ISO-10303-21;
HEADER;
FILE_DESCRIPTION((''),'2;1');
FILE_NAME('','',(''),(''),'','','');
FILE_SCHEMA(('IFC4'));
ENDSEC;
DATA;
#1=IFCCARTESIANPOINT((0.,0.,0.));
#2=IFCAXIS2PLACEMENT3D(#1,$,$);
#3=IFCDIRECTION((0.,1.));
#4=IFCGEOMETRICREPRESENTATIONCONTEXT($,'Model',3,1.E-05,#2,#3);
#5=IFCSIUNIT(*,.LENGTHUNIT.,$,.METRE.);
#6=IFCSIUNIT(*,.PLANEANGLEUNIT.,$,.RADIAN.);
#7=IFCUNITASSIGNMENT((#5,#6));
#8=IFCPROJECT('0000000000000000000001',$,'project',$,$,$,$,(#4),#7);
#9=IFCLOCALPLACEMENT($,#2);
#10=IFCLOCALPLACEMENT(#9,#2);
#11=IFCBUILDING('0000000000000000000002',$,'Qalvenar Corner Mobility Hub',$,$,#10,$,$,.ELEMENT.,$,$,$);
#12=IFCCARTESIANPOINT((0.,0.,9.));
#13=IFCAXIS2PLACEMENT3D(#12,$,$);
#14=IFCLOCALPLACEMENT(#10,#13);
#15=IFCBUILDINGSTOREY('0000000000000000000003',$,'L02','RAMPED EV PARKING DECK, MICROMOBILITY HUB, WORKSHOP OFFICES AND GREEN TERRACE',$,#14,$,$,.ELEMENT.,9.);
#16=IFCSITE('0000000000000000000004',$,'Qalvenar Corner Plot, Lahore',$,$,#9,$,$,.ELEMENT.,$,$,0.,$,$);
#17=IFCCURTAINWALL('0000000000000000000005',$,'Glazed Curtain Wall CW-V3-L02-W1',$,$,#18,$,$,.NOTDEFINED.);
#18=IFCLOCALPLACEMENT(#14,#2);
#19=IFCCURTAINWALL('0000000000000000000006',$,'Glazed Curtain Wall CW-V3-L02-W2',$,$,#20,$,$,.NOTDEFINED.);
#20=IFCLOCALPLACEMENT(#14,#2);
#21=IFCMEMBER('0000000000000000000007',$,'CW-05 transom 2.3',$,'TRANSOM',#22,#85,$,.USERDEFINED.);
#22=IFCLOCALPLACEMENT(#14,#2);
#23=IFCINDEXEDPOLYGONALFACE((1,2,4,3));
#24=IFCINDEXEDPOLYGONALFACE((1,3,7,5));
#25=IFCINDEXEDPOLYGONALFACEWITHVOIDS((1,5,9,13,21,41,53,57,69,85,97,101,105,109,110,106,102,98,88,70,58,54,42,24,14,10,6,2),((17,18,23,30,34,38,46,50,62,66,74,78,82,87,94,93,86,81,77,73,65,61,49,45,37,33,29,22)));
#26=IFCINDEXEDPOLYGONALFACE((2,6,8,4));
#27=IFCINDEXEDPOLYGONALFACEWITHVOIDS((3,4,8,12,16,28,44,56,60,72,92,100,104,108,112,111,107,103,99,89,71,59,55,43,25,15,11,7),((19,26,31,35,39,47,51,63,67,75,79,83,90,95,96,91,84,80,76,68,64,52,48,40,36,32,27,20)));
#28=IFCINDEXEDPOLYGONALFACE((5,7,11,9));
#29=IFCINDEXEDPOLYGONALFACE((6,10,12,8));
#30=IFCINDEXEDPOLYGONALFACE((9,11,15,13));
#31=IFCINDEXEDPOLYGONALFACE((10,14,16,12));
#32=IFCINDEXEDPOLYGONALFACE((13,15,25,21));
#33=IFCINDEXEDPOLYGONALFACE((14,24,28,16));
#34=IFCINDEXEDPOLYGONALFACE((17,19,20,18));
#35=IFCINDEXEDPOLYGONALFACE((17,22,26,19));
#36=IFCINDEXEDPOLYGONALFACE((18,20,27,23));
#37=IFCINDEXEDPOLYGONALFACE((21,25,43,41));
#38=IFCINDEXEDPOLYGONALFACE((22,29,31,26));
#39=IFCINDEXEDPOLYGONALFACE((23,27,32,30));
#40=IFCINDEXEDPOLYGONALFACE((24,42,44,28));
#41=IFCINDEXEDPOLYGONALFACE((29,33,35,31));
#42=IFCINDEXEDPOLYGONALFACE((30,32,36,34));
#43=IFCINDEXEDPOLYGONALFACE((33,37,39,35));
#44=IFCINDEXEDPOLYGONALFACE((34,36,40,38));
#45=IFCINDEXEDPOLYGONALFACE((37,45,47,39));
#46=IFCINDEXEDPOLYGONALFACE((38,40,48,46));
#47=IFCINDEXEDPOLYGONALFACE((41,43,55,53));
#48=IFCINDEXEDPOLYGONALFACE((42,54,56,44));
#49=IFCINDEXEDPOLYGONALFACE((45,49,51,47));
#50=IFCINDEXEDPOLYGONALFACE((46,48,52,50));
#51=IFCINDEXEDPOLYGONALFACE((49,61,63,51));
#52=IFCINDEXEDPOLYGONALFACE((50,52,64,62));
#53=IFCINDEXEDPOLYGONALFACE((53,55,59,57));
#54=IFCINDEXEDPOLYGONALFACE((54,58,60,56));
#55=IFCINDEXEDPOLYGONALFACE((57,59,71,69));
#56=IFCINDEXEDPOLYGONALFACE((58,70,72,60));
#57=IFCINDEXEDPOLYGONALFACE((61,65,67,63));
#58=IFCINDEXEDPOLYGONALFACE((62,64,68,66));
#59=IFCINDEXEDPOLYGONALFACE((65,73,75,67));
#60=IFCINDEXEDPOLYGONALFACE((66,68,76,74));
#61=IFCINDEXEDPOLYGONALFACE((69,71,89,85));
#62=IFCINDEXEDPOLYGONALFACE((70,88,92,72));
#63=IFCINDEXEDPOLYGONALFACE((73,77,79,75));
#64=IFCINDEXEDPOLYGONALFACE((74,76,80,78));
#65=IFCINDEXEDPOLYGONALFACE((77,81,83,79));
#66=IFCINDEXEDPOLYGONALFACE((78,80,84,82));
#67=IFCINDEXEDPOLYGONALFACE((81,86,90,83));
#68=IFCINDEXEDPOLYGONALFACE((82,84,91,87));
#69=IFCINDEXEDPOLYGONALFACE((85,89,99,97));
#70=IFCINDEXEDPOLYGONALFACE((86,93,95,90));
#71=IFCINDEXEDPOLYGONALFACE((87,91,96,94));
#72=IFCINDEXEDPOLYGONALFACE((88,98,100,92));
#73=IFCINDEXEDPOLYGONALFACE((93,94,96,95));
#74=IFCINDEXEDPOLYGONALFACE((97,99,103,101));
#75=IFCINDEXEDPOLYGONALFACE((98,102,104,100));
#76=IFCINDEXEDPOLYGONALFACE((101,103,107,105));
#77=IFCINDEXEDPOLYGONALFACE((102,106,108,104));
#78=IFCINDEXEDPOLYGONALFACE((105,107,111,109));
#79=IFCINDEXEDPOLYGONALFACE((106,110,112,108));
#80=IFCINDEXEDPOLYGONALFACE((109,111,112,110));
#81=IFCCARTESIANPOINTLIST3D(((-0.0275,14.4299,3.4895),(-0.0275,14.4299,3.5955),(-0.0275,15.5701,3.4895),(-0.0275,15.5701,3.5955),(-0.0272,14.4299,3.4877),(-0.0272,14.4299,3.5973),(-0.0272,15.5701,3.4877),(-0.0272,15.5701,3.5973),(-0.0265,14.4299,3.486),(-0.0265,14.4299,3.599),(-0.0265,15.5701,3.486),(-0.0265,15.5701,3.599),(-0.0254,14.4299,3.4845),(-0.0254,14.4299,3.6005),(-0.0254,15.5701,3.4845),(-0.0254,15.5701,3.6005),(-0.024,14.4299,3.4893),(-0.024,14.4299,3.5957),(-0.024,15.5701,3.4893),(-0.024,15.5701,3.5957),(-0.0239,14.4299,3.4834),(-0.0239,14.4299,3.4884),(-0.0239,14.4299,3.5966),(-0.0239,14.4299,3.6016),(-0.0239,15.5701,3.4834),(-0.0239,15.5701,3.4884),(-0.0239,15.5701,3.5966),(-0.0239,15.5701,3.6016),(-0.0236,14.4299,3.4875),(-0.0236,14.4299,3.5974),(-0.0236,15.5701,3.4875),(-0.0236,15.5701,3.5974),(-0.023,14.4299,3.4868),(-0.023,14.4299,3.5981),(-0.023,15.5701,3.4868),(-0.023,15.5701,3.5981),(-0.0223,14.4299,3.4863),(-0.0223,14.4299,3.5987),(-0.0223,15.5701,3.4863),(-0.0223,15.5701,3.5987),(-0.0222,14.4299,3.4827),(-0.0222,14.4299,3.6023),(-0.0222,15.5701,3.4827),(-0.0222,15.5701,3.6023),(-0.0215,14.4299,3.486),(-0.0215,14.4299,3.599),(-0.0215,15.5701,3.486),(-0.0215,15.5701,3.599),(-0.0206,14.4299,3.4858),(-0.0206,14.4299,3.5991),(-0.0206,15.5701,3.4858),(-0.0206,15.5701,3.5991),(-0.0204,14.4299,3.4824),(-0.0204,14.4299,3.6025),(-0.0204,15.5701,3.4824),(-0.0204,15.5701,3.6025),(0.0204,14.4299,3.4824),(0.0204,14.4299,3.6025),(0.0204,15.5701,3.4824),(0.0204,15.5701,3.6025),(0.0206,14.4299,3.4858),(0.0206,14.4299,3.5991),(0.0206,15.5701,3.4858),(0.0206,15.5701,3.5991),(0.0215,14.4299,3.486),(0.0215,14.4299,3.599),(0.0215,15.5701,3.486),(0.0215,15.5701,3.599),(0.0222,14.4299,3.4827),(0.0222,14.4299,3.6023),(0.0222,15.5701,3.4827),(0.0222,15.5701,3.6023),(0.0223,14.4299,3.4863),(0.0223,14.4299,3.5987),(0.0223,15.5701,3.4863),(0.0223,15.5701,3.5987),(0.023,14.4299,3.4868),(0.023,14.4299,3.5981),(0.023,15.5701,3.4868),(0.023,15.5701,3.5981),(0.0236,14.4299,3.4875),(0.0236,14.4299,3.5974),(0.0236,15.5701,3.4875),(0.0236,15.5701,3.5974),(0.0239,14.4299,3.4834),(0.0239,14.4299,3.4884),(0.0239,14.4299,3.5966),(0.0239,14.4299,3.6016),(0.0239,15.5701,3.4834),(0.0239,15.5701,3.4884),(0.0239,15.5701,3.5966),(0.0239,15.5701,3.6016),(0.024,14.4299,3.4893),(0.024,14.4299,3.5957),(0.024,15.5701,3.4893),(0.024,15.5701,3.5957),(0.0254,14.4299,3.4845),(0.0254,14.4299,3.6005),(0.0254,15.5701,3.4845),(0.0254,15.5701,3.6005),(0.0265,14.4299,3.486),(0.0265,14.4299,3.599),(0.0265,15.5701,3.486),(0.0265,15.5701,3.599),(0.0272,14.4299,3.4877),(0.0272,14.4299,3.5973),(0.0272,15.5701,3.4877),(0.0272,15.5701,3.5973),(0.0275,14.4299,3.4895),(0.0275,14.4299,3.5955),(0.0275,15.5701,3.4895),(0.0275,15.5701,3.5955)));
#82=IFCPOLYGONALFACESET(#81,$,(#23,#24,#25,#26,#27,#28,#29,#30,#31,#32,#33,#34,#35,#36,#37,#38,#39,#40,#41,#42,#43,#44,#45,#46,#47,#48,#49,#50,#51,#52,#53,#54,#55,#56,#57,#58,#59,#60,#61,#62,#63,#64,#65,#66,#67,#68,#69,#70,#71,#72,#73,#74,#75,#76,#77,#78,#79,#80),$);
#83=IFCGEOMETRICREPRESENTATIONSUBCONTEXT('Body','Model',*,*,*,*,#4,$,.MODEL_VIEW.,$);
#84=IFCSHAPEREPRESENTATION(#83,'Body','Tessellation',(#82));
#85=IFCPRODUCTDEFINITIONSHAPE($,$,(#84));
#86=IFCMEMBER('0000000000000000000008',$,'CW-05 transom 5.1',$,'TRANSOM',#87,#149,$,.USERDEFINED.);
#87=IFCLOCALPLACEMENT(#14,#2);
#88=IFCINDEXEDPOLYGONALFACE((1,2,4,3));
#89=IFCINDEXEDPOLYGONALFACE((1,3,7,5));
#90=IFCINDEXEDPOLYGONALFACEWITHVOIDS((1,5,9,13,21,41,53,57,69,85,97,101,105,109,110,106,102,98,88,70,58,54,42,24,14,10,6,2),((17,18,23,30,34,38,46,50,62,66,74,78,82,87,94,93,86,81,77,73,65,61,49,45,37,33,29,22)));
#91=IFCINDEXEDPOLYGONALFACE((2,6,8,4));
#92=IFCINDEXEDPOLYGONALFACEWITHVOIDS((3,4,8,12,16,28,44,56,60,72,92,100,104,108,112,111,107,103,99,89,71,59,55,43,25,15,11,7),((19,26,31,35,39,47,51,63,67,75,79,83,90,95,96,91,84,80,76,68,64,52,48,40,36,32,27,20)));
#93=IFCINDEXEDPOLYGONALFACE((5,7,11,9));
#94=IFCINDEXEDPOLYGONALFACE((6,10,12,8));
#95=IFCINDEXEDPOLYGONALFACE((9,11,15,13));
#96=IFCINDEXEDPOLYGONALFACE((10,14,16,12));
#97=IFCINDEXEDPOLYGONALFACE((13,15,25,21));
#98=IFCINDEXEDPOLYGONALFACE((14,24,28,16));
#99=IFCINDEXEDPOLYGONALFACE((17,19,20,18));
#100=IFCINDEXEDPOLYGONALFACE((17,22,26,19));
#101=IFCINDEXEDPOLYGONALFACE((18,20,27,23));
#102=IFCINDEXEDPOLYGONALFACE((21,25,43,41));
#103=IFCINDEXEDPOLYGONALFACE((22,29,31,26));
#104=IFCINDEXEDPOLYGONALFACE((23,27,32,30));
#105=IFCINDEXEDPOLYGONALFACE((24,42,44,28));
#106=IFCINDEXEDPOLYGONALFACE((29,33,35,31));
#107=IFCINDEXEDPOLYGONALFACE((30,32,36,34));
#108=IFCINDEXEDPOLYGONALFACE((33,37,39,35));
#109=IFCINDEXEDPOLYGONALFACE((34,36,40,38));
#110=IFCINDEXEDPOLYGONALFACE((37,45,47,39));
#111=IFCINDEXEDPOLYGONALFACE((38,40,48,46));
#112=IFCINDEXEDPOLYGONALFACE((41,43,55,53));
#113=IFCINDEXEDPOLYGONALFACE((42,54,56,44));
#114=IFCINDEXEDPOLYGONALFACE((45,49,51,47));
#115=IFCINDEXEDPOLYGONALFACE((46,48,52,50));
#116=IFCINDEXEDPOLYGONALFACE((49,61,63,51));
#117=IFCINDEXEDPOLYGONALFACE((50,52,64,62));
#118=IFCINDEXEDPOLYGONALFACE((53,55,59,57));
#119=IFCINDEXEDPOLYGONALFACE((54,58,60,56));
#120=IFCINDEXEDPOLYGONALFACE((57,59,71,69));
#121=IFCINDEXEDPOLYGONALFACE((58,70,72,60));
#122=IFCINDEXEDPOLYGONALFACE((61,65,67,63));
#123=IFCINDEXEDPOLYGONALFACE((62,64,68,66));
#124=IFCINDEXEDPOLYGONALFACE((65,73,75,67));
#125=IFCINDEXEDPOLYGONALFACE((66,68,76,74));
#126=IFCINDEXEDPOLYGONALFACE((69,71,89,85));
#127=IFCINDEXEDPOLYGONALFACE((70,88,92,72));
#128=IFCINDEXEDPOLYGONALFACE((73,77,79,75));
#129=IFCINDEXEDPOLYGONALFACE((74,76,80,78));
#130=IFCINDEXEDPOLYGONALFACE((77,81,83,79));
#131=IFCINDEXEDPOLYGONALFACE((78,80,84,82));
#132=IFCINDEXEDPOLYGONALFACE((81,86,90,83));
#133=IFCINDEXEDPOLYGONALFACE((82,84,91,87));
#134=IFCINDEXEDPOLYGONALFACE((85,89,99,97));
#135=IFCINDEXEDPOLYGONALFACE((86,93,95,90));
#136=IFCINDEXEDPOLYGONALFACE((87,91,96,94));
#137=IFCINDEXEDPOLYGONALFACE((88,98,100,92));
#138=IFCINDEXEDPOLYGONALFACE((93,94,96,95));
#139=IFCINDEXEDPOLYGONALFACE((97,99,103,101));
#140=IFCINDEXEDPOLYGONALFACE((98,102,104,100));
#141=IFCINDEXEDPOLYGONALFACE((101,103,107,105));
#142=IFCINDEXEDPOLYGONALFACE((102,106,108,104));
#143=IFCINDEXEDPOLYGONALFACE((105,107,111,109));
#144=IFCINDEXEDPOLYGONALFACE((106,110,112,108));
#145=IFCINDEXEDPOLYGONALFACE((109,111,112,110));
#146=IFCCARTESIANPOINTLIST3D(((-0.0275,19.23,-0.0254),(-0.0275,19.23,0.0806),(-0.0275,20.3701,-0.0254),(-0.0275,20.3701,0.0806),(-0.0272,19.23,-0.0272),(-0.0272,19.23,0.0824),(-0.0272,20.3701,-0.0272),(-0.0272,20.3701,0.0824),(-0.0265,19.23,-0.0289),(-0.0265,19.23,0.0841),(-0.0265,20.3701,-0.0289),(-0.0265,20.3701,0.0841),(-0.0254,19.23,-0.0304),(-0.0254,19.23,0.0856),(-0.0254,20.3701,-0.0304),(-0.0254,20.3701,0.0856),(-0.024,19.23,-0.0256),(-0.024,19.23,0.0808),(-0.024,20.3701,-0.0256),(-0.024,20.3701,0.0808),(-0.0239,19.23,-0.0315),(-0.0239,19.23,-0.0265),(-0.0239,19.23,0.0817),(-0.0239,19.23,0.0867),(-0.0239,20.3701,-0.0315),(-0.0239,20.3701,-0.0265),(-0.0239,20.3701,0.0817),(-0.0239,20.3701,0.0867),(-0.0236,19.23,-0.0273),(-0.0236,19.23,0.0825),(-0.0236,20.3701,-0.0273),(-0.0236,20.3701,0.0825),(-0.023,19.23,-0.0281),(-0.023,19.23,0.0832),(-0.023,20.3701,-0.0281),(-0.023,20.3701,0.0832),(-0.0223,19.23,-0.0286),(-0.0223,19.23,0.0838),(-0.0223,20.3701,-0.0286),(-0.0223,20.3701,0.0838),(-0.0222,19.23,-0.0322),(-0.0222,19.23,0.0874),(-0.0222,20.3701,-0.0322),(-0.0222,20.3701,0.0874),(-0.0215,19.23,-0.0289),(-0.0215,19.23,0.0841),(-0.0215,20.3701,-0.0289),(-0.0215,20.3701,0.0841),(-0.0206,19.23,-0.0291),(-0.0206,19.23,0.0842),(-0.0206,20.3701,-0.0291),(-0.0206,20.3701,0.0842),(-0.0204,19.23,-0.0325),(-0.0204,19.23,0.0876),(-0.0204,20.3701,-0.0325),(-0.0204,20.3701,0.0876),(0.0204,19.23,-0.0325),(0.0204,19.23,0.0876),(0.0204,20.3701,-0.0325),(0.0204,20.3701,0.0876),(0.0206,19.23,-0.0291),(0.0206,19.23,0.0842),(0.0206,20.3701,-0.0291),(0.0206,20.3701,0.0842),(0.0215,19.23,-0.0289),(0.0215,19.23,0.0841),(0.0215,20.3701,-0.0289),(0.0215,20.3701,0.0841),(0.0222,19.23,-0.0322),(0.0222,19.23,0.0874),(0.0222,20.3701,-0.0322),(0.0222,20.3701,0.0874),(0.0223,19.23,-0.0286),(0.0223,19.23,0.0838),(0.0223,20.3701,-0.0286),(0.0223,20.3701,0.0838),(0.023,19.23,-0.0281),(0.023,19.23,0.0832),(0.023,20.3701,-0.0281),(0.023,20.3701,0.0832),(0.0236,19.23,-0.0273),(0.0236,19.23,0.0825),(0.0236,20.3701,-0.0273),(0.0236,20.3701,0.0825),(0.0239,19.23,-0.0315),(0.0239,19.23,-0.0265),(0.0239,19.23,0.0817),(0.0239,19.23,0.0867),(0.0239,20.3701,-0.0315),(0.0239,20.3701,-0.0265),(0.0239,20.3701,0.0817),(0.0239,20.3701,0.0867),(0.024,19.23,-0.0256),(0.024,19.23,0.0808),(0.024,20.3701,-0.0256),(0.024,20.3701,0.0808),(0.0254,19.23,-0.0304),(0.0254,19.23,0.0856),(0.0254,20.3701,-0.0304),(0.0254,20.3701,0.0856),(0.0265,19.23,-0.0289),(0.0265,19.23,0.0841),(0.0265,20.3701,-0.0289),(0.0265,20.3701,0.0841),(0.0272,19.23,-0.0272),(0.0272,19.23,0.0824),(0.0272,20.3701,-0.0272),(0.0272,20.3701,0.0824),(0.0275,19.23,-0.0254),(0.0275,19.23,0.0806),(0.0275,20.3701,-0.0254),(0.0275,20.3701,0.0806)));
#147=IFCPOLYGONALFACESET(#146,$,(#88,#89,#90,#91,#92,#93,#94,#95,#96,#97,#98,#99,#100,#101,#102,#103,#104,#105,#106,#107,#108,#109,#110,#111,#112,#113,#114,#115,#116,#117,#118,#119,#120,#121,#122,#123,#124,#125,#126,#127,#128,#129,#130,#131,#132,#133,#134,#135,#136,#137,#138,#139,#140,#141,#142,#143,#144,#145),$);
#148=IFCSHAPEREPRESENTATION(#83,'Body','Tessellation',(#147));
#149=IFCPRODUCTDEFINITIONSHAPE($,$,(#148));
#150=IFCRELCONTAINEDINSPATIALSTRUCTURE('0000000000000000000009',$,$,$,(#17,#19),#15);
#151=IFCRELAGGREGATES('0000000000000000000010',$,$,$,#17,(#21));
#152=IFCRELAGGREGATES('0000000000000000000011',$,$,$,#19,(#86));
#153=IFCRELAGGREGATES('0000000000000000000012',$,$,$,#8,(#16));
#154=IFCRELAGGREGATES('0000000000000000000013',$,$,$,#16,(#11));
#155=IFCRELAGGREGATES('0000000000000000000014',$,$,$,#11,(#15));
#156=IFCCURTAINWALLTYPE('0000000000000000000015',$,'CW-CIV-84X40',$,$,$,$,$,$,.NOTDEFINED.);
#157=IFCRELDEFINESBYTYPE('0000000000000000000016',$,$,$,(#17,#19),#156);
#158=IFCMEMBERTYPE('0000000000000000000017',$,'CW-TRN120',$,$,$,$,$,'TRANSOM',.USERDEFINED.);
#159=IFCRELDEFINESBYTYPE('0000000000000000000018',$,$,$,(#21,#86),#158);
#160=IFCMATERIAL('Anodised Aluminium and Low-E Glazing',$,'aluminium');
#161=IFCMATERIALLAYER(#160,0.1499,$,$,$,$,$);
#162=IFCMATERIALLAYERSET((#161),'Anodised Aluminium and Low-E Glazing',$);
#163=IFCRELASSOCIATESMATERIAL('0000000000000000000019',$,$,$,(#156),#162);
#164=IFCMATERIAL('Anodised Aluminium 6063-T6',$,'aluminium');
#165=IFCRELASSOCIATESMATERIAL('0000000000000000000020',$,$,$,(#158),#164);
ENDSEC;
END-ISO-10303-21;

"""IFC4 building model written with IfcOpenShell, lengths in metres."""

from ifc_helpers import new_model, si_unit, direction, frame, origin, origin_2d, place, context, subcontext, project, spatial, hollow_rectangle, extrude, material, layer, layer_set, material_profile, profile_set, type_object, element, aggregate, save


model = new_model("IFC4")

# Units and contexts
model_context = context("Model", 3, precision=1e-05, world=origin(), true_north=direction((0.0, 1.0)))
body_context = subcontext(model_context, "Body", "Model", "MODEL_VIEW")
ifc_project = project(units=[si_unit("LENGTHUNIT", "METRE"), si_unit("PLANEANGLEUNIT", "RADIAN")], contexts=[model_context])

# Site, building, storey
site_placement = place(None, origin())
site = spatial("IfcSite", under=ifc_project, at=site_placement, Name="Qalvenar Corner Plot, Lahore", CompositionType="ELEMENT", RefElevation=0.0)
building_placement = place(site_placement, origin())
building = spatial("IfcBuilding", under=site, at=building_placement, Name="Qalvenar Corner Mobility Hub", CompositionType="ELEMENT")
storey_placement = place(building_placement, frame((0.0, 0.0, 9.0)))
storey = spatial("IfcBuildingStorey", under=building, at=storey_placement, Name="L02", Description="RAMPED EV PARKING DECK, MICROMOBILITY HUB, WORKSHOP OFFICES AND GREEN TERRACE", CompositionType="ELEMENT", Elevation=9.0)

# Curtain walls
ifc_material_1 = material(Name="Anodised Aluminium and Low-E Glazing", Category="aluminium")
ifc_layer_1 = layer(ifc_material_1, 0.1499)
ifc_layer_set_1 = layer_set([ifc_layer_1], Name="Anodised Aluminium and Low-E Glazing")
curtain_wall_type = type_object("IfcCurtainWallType", Name="CW-CIV-84X40", PredefinedType="NOTDEFINED", material=ifc_layer_set_1)
curtain_wall_1_placement = place(storey_placement, origin())
curtain_wall_1 = element("IfcCurtainWall", 1, at=curtain_wall_1_placement, inside=storey, type_object=curtain_wall_type, Name="Glazed Curtain Wall CW-V3-L02-W1", PredefinedType="NOTDEFINED")
ifc_material_2 = material(Name="Anodised Aluminium 6063-T6", Category="aluminium")
curtain_wall_2_placement = place(storey_placement, origin())
curtain_wall_2 = element("IfcCurtainWall", 2, at=curtain_wall_2_placement, inside=storey, type_object=curtain_wall_type, Name="Glazed Curtain Wall CW-V3-L02-W2", PredefinedType="NOTDEFINED")

# Members
ifc_material_profile_1 = material_profile(ifc_material_2, hollow_rectangle(XDim=0.0549, YDim=0.1201, WallThickness=0.0034, InnerFilletRadius=0.0034, OuterFilletRadius=0.0071, at=origin_2d()), Name="RHS120x55x3.5")
ifc_profile_set_1 = profile_set([ifc_material_profile_1], Name="Anodised Aluminium 6063-T6")
member_type_1 = type_object("IfcMemberType", Name="CW-TRN120", ElementType="TRANSOM", PredefinedType="USERDEFINED", material=ifc_profile_set_1)
member_1_placement = place(storey_placement, frame((0.0, 15.5701, 3.5425), z_axis=(0.0, -1.0, 0.0), x_axis=(1.0, 0.0, 0.0)))
member_1 = element("IfcMember", 3, at=member_1_placement, type_object=member_type_1, Name="CW-05 transom 2.3", ObjectType="TRANSOM", PredefinedType="USERDEFINED", context=body_context, shape_type="SweptSolid", body=[
    extrude(hollow_rectangle(XDim=0.0549, YDim=0.1201, WallThickness=0.0034, InnerFilletRadius=0.0034, OuterFilletRadius=0.0071, at=origin_2d()), origin(), (0.0, 0.0, 1.0), 1.1401),
])
member_2_placement = place(storey_placement, frame((0.0, 20.3701, 0.0276), z_axis=(0.0, -1.0, 0.0), x_axis=(1.0, 0.0, 0.0)))
member_2 = element("IfcMember", 4, at=member_2_placement, type_object=member_type_1, Name="CW-05 transom 5.1", ObjectType="TRANSOM", PredefinedType="USERDEFINED", context=body_context, shape_type="SweptSolid", body=[
    extrude(hollow_rectangle(XDim=0.0549, YDim=0.1201, WallThickness=0.0034, InnerFilletRadius=0.0034, OuterFilletRadius=0.0071, at=origin_2d()), origin(), (0.0, 0.0, 1.0), 1.1401),
])

aggregate(curtain_wall_1, [member_1])
aggregate(curtain_wall_2, [member_2])

save(model, "model.ifc")
